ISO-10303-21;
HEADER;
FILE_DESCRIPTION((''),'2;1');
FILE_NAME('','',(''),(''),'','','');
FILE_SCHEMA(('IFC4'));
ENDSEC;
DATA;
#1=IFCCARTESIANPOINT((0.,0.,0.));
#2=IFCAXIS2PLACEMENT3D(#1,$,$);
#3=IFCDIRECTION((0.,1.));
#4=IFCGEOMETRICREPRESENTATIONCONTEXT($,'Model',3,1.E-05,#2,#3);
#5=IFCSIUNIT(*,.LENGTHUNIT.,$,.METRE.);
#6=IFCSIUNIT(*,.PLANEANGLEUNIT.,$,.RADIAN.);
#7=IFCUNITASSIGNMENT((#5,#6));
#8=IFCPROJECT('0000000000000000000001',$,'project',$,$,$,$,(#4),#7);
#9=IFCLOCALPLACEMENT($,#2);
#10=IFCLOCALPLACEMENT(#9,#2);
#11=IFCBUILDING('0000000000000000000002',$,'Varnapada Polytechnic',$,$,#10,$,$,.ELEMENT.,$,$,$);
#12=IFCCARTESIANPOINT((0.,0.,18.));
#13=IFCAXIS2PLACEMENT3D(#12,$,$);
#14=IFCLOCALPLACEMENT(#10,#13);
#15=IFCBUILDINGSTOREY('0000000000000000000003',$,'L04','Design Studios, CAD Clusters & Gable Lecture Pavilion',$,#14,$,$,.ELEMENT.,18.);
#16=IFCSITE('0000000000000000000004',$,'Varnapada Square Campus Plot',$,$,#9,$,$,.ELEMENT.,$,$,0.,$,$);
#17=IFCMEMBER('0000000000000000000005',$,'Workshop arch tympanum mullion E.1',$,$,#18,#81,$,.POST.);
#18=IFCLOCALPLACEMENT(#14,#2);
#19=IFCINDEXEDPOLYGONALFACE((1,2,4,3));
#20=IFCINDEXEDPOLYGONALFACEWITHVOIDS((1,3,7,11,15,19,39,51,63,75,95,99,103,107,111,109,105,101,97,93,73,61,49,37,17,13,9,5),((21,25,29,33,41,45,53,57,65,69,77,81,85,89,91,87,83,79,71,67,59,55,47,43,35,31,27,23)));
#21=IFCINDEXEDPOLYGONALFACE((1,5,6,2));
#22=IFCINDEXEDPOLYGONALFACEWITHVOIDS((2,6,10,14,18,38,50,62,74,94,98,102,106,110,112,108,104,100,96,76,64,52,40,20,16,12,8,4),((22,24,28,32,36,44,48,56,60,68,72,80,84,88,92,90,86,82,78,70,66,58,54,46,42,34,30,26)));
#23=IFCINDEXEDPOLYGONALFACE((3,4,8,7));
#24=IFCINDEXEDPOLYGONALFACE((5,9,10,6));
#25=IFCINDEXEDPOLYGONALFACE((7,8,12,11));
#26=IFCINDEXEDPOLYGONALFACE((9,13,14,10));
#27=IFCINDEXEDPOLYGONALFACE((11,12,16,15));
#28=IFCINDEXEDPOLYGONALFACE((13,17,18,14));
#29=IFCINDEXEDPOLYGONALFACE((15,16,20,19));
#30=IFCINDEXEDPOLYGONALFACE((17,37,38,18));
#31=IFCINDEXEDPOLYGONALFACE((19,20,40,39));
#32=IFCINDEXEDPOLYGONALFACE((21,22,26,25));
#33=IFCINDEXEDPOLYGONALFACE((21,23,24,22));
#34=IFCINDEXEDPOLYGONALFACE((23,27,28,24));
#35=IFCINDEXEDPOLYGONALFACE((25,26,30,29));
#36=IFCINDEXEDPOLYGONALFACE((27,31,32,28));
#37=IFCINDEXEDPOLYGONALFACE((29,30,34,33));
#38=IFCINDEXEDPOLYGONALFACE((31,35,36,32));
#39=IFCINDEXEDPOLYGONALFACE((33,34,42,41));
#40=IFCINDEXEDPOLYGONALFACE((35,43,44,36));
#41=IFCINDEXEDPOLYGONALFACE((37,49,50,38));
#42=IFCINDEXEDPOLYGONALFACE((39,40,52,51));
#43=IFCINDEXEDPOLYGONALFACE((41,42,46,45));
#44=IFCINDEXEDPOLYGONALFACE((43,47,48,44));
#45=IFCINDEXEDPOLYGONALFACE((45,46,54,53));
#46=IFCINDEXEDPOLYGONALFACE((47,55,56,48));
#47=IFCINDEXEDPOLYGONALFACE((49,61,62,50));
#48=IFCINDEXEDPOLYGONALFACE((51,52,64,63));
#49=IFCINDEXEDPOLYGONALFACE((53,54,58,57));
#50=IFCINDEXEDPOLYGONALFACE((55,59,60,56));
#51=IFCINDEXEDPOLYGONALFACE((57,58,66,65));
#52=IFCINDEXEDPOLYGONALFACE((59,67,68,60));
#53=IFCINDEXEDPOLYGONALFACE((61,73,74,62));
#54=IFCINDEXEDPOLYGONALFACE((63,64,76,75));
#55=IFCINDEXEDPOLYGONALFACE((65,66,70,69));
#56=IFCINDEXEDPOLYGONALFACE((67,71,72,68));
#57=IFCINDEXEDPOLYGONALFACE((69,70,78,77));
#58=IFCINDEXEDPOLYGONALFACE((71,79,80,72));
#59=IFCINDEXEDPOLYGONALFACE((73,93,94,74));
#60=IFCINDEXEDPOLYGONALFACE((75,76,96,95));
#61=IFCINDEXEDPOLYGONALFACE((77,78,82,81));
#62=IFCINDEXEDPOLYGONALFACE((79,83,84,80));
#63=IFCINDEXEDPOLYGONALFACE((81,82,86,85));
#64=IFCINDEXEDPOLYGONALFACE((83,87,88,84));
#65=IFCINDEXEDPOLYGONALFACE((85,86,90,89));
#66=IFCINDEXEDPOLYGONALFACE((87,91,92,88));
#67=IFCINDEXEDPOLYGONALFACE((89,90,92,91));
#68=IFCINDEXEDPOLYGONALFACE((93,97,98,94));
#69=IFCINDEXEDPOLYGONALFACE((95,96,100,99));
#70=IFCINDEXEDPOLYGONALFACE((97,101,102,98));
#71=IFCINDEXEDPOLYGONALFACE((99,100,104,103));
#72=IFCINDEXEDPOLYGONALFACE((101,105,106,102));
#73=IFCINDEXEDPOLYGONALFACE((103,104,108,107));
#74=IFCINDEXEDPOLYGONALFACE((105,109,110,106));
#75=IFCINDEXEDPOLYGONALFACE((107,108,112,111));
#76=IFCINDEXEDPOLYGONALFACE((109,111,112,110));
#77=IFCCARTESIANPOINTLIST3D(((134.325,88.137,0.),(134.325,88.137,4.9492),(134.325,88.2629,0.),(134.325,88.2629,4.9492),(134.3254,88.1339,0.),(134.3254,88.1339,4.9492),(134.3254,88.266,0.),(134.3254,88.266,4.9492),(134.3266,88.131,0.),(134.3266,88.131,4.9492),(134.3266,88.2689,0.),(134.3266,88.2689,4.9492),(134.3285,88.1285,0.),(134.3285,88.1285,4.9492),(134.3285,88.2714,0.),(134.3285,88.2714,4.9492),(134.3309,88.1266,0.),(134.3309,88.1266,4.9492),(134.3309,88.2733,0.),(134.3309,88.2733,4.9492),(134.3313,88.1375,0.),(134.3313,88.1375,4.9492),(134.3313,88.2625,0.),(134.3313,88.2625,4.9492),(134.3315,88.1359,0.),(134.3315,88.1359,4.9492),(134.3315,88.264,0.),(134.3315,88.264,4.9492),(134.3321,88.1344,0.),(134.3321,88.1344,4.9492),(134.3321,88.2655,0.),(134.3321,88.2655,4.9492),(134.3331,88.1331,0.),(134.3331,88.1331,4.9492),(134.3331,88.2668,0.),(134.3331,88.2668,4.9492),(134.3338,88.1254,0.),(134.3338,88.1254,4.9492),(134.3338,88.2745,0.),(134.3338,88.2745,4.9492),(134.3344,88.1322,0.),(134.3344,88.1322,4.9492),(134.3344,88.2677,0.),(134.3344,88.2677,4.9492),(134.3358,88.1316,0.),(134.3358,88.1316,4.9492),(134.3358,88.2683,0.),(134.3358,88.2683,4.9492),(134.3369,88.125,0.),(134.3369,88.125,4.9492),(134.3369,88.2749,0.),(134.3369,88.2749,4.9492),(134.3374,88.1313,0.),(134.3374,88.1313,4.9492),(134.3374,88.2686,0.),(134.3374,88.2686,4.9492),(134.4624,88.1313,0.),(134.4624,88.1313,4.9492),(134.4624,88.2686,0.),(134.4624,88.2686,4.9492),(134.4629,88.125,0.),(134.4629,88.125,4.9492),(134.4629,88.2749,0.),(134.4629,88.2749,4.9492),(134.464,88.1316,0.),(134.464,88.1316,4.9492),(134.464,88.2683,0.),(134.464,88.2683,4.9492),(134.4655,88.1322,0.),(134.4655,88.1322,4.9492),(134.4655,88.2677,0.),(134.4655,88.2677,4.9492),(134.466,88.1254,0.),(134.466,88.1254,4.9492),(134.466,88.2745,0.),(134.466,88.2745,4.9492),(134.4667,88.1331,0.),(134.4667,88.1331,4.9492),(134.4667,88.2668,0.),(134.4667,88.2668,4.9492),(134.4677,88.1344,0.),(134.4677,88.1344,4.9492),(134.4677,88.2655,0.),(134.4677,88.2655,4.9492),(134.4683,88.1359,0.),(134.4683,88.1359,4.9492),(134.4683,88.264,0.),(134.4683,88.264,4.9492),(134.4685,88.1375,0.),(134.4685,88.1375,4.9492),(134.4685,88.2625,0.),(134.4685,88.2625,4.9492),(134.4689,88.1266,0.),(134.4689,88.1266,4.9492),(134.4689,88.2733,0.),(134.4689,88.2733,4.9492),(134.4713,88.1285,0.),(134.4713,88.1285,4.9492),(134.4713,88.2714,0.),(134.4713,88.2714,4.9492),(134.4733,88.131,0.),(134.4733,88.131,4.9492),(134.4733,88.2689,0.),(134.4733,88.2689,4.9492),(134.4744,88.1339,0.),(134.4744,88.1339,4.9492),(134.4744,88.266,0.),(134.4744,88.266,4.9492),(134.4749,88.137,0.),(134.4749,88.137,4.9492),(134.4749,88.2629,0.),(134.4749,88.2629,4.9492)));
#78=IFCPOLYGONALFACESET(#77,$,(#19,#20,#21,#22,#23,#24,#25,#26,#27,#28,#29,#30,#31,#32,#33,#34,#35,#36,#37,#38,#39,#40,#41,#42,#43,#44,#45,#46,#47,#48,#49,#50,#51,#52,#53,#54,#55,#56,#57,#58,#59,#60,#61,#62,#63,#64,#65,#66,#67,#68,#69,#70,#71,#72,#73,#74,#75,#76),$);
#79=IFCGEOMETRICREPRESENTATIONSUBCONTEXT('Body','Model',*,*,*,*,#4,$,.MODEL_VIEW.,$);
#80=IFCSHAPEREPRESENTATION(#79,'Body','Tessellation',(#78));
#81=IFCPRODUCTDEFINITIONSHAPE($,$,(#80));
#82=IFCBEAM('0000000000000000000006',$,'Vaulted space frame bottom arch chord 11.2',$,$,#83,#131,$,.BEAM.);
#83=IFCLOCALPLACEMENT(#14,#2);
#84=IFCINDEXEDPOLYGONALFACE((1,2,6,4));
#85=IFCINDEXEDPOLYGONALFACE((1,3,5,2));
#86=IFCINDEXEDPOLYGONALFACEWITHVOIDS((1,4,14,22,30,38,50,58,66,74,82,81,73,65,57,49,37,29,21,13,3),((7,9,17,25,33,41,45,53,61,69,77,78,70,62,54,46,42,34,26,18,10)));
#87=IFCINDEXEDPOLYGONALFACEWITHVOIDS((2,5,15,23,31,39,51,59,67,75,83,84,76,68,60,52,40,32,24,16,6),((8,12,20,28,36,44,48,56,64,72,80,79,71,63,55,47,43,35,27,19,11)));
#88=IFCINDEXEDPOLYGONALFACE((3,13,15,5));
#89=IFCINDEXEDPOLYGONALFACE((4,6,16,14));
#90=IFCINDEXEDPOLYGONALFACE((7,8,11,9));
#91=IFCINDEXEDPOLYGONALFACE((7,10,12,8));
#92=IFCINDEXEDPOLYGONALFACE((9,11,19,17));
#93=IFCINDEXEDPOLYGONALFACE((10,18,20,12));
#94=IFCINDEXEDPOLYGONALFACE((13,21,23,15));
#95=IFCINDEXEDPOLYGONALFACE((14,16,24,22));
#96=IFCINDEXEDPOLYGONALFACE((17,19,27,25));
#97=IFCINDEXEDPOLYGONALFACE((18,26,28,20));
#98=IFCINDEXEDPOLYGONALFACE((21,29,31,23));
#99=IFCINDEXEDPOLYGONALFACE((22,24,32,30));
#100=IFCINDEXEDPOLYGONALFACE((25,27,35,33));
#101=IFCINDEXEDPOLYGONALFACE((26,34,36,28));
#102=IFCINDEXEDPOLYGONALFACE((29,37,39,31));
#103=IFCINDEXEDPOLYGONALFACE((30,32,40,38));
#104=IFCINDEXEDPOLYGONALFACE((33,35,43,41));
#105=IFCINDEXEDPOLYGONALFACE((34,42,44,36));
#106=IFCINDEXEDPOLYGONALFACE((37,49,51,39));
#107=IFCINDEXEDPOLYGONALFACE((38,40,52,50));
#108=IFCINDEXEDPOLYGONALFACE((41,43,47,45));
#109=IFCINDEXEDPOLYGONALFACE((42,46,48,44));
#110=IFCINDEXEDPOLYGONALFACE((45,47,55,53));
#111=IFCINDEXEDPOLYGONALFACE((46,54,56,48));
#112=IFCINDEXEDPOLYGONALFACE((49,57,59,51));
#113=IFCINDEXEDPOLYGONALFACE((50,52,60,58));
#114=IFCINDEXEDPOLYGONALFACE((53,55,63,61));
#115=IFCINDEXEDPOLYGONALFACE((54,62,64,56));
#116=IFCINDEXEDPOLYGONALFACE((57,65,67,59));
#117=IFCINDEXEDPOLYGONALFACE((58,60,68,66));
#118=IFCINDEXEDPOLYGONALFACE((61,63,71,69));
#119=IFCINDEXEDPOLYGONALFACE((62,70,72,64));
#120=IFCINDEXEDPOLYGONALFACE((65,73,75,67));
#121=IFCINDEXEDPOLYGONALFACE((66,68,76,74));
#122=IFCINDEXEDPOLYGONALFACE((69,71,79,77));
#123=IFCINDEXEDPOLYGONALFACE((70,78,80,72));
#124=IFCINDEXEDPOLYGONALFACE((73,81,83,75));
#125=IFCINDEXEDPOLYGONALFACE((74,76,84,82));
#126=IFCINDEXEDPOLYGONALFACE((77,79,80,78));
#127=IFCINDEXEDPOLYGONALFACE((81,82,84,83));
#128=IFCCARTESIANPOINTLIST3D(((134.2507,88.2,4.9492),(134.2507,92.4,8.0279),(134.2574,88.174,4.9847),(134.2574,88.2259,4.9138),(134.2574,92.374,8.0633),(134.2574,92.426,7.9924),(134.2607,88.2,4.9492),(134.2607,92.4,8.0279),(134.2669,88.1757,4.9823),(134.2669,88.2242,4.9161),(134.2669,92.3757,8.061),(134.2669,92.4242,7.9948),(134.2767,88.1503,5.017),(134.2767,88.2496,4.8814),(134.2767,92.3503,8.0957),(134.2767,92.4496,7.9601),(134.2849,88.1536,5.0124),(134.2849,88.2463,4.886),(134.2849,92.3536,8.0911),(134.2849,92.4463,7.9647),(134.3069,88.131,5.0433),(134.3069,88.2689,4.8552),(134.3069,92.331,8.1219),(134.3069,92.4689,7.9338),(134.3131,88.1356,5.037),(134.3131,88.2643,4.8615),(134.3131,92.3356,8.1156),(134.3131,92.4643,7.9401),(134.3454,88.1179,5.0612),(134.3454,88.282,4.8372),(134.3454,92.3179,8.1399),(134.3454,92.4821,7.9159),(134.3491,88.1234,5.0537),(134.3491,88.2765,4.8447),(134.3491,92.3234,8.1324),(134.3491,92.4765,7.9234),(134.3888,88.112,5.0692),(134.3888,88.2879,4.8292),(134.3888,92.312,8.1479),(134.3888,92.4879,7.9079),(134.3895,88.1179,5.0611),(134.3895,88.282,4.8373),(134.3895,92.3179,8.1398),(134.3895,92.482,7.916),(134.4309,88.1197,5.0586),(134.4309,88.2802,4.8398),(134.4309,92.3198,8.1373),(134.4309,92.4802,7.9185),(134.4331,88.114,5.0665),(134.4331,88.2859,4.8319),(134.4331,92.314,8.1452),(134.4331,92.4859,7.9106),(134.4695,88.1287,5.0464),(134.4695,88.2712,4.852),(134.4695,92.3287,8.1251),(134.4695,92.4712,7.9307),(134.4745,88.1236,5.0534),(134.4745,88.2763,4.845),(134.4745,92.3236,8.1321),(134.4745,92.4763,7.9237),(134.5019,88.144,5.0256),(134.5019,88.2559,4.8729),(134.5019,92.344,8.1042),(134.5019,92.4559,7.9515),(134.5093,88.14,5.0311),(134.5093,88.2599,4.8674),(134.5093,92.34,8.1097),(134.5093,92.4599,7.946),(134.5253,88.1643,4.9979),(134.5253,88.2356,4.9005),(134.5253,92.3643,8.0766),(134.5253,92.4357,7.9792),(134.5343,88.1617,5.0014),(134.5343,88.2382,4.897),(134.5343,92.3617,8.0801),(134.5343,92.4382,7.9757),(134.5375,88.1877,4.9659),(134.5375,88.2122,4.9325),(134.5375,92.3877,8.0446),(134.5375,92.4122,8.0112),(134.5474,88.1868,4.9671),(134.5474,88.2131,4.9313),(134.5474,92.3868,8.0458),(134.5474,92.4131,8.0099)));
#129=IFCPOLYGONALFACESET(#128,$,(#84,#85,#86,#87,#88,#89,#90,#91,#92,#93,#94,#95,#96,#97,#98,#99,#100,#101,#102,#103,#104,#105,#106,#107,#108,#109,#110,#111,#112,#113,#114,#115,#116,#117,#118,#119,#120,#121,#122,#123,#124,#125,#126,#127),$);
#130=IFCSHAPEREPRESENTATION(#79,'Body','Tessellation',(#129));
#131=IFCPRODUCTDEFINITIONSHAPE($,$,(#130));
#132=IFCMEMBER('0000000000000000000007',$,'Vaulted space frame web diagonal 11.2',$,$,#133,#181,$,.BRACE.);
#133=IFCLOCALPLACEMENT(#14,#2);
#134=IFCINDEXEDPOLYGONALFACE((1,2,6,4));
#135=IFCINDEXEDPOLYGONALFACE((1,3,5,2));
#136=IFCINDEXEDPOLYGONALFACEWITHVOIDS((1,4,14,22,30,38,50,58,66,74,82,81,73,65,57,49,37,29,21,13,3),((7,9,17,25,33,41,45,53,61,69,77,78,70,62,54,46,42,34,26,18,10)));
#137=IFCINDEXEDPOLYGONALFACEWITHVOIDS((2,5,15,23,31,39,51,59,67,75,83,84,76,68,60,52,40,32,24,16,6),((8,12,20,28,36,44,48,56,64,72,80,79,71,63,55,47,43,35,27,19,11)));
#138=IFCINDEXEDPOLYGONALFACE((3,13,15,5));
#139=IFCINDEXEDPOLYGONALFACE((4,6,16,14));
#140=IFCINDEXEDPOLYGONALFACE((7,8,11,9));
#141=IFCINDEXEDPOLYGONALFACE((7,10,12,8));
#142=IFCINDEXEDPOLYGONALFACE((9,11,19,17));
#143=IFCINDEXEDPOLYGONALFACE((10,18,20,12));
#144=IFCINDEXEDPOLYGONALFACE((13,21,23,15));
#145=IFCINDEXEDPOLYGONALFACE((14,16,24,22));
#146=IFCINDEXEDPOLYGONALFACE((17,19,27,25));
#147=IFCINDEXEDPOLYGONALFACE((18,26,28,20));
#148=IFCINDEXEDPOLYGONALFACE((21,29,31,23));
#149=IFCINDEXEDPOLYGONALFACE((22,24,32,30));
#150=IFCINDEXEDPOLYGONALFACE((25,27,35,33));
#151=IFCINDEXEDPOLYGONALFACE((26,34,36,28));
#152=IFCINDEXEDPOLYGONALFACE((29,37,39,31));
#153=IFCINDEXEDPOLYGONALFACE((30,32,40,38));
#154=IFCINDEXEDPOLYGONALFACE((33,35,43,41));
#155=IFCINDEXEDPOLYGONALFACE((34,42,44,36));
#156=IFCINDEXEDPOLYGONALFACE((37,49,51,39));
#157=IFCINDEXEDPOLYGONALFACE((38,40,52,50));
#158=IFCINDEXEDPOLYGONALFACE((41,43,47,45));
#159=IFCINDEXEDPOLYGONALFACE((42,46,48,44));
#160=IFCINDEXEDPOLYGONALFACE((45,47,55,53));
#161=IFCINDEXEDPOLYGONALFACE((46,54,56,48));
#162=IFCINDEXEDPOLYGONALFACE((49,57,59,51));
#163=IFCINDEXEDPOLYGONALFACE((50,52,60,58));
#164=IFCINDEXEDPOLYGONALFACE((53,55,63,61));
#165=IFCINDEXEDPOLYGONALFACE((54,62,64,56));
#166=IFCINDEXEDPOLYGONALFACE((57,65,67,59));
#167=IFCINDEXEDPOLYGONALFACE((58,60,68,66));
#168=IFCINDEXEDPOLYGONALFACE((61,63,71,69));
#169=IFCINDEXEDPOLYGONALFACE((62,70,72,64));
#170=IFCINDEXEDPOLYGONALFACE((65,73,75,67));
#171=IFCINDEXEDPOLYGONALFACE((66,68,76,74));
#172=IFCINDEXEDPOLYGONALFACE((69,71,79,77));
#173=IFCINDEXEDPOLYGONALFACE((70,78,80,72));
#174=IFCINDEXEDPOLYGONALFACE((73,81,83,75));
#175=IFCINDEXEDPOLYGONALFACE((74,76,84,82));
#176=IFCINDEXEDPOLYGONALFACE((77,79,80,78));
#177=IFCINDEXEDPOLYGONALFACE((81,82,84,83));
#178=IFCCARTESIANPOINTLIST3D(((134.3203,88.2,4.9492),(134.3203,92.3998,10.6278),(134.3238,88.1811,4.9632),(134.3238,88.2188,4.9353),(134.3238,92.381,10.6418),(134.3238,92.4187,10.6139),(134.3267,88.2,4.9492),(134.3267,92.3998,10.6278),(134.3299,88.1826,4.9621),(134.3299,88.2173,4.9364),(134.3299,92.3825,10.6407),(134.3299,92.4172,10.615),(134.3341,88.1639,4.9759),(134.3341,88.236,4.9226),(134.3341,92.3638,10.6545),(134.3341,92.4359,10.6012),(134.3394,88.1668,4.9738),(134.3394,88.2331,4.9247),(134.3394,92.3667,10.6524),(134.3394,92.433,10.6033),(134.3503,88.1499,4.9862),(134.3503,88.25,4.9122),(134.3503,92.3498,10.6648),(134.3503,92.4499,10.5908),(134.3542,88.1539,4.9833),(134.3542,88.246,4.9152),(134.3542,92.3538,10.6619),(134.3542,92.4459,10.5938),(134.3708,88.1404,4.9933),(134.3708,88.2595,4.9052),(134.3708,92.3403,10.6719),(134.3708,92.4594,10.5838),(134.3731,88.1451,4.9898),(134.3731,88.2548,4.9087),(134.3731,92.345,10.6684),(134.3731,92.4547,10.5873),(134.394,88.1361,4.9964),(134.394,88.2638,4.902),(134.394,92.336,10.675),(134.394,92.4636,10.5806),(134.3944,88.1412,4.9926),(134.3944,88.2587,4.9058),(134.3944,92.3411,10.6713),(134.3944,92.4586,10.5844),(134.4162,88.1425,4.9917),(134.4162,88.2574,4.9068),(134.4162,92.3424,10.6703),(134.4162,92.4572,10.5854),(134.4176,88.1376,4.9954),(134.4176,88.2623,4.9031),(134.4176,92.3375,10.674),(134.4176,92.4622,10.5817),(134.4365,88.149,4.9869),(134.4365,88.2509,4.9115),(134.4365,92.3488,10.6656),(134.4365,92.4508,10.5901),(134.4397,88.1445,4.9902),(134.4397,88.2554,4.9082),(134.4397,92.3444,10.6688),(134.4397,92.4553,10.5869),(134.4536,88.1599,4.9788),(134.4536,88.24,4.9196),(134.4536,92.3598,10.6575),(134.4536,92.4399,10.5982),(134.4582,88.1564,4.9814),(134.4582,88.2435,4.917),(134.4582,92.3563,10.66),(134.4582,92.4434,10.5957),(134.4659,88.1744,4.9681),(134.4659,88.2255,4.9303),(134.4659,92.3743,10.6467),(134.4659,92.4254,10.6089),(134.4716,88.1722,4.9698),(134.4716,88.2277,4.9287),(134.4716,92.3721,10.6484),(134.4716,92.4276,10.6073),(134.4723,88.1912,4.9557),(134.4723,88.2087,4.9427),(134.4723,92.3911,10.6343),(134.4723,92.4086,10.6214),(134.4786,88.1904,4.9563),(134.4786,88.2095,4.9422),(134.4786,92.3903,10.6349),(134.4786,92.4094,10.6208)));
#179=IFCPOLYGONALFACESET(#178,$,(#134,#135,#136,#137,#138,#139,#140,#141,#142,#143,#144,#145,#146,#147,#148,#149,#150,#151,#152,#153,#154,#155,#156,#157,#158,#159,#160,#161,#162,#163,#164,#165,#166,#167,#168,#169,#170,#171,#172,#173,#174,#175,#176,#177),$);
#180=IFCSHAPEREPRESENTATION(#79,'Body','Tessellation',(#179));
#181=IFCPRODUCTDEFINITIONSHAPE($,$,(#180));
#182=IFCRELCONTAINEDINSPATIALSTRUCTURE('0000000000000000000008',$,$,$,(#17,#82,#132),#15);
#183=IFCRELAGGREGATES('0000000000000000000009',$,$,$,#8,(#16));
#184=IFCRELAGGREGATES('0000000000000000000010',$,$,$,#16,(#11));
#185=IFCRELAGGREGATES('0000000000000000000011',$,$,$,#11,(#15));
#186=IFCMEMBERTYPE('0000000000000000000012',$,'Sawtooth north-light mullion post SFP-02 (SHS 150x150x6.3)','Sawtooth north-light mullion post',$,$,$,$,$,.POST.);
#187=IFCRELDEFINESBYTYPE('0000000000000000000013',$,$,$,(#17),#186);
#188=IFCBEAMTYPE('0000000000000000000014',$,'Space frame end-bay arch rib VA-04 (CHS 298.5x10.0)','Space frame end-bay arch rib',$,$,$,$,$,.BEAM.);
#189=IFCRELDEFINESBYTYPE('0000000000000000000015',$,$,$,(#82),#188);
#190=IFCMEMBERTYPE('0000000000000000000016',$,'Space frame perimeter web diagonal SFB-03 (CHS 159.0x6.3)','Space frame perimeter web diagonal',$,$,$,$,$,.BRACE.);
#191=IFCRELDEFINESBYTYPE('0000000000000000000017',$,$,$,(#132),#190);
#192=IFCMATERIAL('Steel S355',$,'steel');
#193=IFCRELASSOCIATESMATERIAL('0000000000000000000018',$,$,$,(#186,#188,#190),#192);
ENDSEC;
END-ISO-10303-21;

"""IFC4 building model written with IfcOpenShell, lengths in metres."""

from ifc_helpers import new_model, si_unit, direction, frame, origin, origin_2d, place, context, subcontext, project, spatial, hollow_rectangle, hollow_circle, extrude, material, material_profile, profile_set, type_object, element, save


model = new_model("IFC4")

# Units and contexts
model_context = context("Model", 3, precision=1e-05, world=origin(), true_north=direction((0.0, 1.0)))
body_context = subcontext(model_context, "Body", "Model", "MODEL_VIEW")
ifc_project = project(units=[si_unit("LENGTHUNIT", "METRE"), si_unit("PLANEANGLEUNIT", "RADIAN")], contexts=[model_context])

# Site, building, storey
site_placement = place(None, origin())
site = spatial("IfcSite", under=ifc_project, at=site_placement, Name="Varnapada Square Campus Plot", CompositionType="ELEMENT", RefElevation=0.0)
building_placement = place(site_placement, origin())
building = spatial("IfcBuilding", under=site, at=building_placement, Name="Varnapada Polytechnic", CompositionType="ELEMENT")
storey_placement = place(building_placement, frame((0.0, 0.0, 18.0)))
storey = spatial("IfcBuildingStorey", under=building, at=storey_placement, Name="L04", Description="Design Studios, CAD Clusters & Gable Lecture Pavilion", CompositionType="ELEMENT", Elevation=18.0)

# Member
ifc_material = material(Name="Steel S355", Category="steel")
ifc_material_profile_1 = material_profile(ifc_material, hollow_rectangle(XDim=0.1499, YDim=0.1499, WallThickness=0.0063, InnerFilletRadius=0.0061, OuterFilletRadius=0.012, at=origin_2d()), Name="SHS 150x150x6.3")
ifc_profile_set_1 = profile_set([ifc_material_profile_1], Name="Steel S355")
member_type_1 = type_object("IfcMemberType", Name="Sawtooth north-light mullion post SFP-02 (SHS 150x150x6.3)", Description="Sawtooth north-light mullion post", PredefinedType="POST", material=ifc_profile_set_1)
member_1_placement = place(storey_placement, frame((134.3999, 88.2, 0.0), z_axis=(0.0, 0.0, 1.0), x_axis=(1.0, 0.0, 0.0)))
element("IfcMember", 1, at=member_1_placement, inside=storey, type_object=member_type_1, Name="Workshop arch tympanum mullion E.1", PredefinedType="POST", context=body_context, shape_type="SweptSolid", body=[
    extrude(hollow_rectangle(XDim=0.1499, YDim=0.1499, WallThickness=0.0063, InnerFilletRadius=0.0061, OuterFilletRadius=0.012, at=origin_2d()), origin(), (0.0, 0.0, 1.0), 4.9492),
])

# Beam
ifc_material_profile_2 = material_profile(ifc_material, hollow_circle(Radius=0.1492, WallThickness=0.01, at=origin_2d()), Name="CHS 298.5x10.0")
ifc_profile_set_2 = profile_set([ifc_material_profile_2], Name="Steel S355")
beam_type_1 = type_object("IfcBeamType", Name="Space frame end-bay arch rib VA-04 (CHS 298.5x10.0)", Description="Space frame end-bay arch rib", PredefinedType="BEAM", material=ifc_profile_set_2)
beam_1_placement = place(storey_placement, frame((134.3999, 88.2, 4.9492), z_axis=(0.0, 0.806529, 0.591195), x_axis=(-1.0, 0.0, 0.0)))
element("IfcBeam", 2, at=beam_1_placement, inside=storey, type_object=beam_type_1, Name="Vaulted space frame bottom arch chord 11.2", PredefinedType="BEAM", context=body_context, shape_type="SweptSolid", body=[
    extrude(hollow_circle(Radius=0.1492, WallThickness=0.01, at=origin_2d()), origin(), (0.0, 0.0, 1.0), 5.2075),
])

# Member
ifc_material_profile_3 = material_profile(ifc_material, hollow_circle(Radius=0.0796, WallThickness=0.0063, at=origin_2d()), Name="CHS 159.0x6.3")
ifc_profile_set_3 = profile_set([ifc_material_profile_3], Name="Steel S355")
member_type_2 = type_object("IfcMemberType", Name="Space frame perimeter web diagonal SFB-03 (CHS 159.0x6.3)", Description="Space frame perimeter web diagonal", PredefinedType="BRACE", material=ifc_profile_set_3)
member_2_placement = place(storey_placement, frame((134.3999, 88.2, 4.9492), z_axis=(0.0, 0.594633, 0.803997), x_axis=(-1.0, 0.0, 0.0)))
element("IfcMember", 3, at=member_2_placement, inside=storey, type_object=member_type_2, Name="Vaulted space frame web diagonal 11.2", PredefinedType="BRACE", context=body_context, shape_type="SweptSolid", body=[
    extrude(hollow_circle(Radius=0.0796, WallThickness=0.0063, at=origin_2d()), origin(), (0.0, 0.0, 1.0), 7.063),
])

save(model, "model.ifc")
